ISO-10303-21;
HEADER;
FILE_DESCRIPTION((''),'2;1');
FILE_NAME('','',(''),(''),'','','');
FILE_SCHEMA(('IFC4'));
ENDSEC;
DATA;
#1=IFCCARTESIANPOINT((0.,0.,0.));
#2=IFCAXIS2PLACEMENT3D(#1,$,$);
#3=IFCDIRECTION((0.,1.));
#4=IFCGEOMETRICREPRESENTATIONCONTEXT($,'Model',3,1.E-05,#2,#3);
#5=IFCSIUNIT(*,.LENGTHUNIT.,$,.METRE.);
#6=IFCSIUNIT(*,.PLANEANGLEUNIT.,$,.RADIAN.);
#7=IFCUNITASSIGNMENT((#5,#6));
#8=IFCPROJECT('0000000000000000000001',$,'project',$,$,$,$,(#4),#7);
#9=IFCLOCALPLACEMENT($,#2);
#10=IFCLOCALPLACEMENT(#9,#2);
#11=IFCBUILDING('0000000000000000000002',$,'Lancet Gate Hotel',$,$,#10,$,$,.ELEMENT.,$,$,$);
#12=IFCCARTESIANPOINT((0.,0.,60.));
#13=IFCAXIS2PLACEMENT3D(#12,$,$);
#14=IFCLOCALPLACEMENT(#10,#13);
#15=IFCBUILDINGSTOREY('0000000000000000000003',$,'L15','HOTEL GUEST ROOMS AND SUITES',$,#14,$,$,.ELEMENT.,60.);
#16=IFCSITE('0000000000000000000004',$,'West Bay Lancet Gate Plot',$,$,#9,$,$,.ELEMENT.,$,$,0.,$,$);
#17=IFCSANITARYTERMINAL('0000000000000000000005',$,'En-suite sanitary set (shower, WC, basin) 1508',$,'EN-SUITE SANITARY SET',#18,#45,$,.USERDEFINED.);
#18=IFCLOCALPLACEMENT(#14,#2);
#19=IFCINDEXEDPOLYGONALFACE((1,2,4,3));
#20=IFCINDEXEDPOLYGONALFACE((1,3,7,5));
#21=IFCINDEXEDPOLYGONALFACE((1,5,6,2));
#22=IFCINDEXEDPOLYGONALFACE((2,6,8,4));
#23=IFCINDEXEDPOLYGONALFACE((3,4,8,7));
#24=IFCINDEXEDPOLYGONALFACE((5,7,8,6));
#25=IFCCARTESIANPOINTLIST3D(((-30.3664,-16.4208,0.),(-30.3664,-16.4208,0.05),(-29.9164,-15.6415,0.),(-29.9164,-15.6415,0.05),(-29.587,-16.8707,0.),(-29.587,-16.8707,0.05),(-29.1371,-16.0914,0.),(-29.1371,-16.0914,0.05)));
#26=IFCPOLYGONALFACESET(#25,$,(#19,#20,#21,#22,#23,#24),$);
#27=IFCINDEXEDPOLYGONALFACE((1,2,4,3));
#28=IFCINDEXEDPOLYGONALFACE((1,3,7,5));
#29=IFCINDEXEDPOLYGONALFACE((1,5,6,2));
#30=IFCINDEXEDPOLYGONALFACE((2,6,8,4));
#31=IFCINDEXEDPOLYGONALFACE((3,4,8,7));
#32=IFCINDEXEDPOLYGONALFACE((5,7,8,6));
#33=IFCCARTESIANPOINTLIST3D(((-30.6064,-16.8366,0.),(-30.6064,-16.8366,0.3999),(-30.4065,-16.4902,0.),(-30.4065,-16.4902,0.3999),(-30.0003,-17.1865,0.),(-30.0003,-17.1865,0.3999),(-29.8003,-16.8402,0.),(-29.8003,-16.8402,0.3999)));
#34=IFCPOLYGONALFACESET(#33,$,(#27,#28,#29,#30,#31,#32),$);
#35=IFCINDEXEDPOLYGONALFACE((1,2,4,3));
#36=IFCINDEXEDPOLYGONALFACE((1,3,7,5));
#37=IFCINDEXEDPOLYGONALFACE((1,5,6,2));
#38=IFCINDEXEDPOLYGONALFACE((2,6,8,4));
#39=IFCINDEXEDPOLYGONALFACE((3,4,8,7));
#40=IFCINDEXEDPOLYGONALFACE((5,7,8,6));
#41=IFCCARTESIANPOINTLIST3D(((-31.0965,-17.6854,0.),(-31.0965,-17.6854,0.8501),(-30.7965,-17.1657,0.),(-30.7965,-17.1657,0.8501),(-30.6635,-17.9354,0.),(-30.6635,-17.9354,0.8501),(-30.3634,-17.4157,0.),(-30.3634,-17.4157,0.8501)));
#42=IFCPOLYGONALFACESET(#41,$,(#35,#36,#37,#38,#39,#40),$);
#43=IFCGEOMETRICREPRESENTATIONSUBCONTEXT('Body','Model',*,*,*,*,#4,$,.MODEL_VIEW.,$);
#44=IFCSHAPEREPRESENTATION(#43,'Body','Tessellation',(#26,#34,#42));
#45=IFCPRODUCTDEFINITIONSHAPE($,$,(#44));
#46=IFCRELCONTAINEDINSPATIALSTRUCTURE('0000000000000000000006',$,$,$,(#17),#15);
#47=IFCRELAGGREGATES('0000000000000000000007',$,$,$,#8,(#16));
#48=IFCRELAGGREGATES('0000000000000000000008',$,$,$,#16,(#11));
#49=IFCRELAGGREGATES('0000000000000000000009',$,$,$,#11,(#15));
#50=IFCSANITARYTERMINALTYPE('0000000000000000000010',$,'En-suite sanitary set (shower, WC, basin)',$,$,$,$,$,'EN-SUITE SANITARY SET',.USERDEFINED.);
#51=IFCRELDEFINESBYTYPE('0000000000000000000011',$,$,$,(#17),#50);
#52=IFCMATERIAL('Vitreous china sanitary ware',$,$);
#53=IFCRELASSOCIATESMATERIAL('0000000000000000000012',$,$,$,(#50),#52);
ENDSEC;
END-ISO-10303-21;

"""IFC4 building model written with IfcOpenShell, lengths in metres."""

from ifc_helpers import new_model, si_unit, direction, frame, origin, origin_2d, place, context, subcontext, project, spatial, rectangle, extrude, material, type_object, element, save


model = new_model("IFC4")

# Units and contexts
model_context = context("Model", 3, precision=1e-05, world=origin(), true_north=direction((0.0, 1.0)))
body_context = subcontext(model_context, "Body", "Model", "MODEL_VIEW")
ifc_project = project(units=[si_unit("LENGTHUNIT", "METRE"), si_unit("PLANEANGLEUNIT", "RADIAN")], contexts=[model_context])

# Site, building, storey
site_placement = place(None, origin())
site = spatial("IfcSite", under=ifc_project, at=site_placement, Name="West Bay Lancet Gate Plot", CompositionType="ELEMENT", RefElevation=0.0)
building_placement = place(site_placement, origin())
building = spatial("IfcBuilding", under=site, at=building_placement, Name="Lancet Gate Hotel", CompositionType="ELEMENT")
storey_placement = place(building_placement, frame((0.0, 0.0, 60.0)))
storey = spatial("IfcBuildingStorey", under=building, at=storey_placement, Name="L15", Description="HOTEL GUEST ROOMS AND SUITES", CompositionType="ELEMENT", Elevation=60.0)

# Sanitary terminal
ifc_material_1 = material(Name="Vitreous china sanitary ware")
sanitary_terminal_type = type_object("IfcSanitaryTerminalType", Name="En-suite sanitary set (shower, WC, basin)", ElementType="EN-SUITE SANITARY SET", PredefinedType="USERDEFINED", material=ifc_material_1)
sanitary_terminal_placement = place(storey_placement, frame((-29.7517, -16.2561, 0.0), z_axis=(0.0, 0.0, 1.0), x_axis=(1.0, 0.0, 0.0)))
element("IfcSanitaryTerminal", 1, at=sanitary_terminal_placement, inside=storey, type_object=sanitary_terminal_type, Name="En-suite sanitary set (shower, WC, basin) 1508", ObjectType="EN-SUITE SANITARY SET", PredefinedType="USERDEFINED", context=body_context, shape_type="SweptSolid", body=[
    extrude(rectangle(XDim=0.8999, YDim=0.8999, at=origin_2d()), frame((0.0, 0.0, 0.0), z_axis=(0.0, 0.0, 1.0), x_axis=(0.5, 0.866025, 0.0)), (0.0, 0.0, 1.0), 0.05),
    extrude(rectangle(XDim=0.3999, YDim=0.7, at=origin_2d()), frame((-0.4517, -0.5823, 0.0), z_axis=(0.0, 0.0, 1.0), x_axis=(0.5, 0.866025, 0.0)), (0.0, 0.0, 1.0), 0.3999),
    extrude(rectangle(XDim=0.6001, YDim=0.5, at=origin_2d()), frame((-0.9783, -1.2944, 0.0), z_axis=(0.0, 0.0, 1.0), x_axis=(0.5, 0.866025, 0.0)), (0.0, 0.0, 1.0), 0.8501),
])

save(model, "model.ifc")
